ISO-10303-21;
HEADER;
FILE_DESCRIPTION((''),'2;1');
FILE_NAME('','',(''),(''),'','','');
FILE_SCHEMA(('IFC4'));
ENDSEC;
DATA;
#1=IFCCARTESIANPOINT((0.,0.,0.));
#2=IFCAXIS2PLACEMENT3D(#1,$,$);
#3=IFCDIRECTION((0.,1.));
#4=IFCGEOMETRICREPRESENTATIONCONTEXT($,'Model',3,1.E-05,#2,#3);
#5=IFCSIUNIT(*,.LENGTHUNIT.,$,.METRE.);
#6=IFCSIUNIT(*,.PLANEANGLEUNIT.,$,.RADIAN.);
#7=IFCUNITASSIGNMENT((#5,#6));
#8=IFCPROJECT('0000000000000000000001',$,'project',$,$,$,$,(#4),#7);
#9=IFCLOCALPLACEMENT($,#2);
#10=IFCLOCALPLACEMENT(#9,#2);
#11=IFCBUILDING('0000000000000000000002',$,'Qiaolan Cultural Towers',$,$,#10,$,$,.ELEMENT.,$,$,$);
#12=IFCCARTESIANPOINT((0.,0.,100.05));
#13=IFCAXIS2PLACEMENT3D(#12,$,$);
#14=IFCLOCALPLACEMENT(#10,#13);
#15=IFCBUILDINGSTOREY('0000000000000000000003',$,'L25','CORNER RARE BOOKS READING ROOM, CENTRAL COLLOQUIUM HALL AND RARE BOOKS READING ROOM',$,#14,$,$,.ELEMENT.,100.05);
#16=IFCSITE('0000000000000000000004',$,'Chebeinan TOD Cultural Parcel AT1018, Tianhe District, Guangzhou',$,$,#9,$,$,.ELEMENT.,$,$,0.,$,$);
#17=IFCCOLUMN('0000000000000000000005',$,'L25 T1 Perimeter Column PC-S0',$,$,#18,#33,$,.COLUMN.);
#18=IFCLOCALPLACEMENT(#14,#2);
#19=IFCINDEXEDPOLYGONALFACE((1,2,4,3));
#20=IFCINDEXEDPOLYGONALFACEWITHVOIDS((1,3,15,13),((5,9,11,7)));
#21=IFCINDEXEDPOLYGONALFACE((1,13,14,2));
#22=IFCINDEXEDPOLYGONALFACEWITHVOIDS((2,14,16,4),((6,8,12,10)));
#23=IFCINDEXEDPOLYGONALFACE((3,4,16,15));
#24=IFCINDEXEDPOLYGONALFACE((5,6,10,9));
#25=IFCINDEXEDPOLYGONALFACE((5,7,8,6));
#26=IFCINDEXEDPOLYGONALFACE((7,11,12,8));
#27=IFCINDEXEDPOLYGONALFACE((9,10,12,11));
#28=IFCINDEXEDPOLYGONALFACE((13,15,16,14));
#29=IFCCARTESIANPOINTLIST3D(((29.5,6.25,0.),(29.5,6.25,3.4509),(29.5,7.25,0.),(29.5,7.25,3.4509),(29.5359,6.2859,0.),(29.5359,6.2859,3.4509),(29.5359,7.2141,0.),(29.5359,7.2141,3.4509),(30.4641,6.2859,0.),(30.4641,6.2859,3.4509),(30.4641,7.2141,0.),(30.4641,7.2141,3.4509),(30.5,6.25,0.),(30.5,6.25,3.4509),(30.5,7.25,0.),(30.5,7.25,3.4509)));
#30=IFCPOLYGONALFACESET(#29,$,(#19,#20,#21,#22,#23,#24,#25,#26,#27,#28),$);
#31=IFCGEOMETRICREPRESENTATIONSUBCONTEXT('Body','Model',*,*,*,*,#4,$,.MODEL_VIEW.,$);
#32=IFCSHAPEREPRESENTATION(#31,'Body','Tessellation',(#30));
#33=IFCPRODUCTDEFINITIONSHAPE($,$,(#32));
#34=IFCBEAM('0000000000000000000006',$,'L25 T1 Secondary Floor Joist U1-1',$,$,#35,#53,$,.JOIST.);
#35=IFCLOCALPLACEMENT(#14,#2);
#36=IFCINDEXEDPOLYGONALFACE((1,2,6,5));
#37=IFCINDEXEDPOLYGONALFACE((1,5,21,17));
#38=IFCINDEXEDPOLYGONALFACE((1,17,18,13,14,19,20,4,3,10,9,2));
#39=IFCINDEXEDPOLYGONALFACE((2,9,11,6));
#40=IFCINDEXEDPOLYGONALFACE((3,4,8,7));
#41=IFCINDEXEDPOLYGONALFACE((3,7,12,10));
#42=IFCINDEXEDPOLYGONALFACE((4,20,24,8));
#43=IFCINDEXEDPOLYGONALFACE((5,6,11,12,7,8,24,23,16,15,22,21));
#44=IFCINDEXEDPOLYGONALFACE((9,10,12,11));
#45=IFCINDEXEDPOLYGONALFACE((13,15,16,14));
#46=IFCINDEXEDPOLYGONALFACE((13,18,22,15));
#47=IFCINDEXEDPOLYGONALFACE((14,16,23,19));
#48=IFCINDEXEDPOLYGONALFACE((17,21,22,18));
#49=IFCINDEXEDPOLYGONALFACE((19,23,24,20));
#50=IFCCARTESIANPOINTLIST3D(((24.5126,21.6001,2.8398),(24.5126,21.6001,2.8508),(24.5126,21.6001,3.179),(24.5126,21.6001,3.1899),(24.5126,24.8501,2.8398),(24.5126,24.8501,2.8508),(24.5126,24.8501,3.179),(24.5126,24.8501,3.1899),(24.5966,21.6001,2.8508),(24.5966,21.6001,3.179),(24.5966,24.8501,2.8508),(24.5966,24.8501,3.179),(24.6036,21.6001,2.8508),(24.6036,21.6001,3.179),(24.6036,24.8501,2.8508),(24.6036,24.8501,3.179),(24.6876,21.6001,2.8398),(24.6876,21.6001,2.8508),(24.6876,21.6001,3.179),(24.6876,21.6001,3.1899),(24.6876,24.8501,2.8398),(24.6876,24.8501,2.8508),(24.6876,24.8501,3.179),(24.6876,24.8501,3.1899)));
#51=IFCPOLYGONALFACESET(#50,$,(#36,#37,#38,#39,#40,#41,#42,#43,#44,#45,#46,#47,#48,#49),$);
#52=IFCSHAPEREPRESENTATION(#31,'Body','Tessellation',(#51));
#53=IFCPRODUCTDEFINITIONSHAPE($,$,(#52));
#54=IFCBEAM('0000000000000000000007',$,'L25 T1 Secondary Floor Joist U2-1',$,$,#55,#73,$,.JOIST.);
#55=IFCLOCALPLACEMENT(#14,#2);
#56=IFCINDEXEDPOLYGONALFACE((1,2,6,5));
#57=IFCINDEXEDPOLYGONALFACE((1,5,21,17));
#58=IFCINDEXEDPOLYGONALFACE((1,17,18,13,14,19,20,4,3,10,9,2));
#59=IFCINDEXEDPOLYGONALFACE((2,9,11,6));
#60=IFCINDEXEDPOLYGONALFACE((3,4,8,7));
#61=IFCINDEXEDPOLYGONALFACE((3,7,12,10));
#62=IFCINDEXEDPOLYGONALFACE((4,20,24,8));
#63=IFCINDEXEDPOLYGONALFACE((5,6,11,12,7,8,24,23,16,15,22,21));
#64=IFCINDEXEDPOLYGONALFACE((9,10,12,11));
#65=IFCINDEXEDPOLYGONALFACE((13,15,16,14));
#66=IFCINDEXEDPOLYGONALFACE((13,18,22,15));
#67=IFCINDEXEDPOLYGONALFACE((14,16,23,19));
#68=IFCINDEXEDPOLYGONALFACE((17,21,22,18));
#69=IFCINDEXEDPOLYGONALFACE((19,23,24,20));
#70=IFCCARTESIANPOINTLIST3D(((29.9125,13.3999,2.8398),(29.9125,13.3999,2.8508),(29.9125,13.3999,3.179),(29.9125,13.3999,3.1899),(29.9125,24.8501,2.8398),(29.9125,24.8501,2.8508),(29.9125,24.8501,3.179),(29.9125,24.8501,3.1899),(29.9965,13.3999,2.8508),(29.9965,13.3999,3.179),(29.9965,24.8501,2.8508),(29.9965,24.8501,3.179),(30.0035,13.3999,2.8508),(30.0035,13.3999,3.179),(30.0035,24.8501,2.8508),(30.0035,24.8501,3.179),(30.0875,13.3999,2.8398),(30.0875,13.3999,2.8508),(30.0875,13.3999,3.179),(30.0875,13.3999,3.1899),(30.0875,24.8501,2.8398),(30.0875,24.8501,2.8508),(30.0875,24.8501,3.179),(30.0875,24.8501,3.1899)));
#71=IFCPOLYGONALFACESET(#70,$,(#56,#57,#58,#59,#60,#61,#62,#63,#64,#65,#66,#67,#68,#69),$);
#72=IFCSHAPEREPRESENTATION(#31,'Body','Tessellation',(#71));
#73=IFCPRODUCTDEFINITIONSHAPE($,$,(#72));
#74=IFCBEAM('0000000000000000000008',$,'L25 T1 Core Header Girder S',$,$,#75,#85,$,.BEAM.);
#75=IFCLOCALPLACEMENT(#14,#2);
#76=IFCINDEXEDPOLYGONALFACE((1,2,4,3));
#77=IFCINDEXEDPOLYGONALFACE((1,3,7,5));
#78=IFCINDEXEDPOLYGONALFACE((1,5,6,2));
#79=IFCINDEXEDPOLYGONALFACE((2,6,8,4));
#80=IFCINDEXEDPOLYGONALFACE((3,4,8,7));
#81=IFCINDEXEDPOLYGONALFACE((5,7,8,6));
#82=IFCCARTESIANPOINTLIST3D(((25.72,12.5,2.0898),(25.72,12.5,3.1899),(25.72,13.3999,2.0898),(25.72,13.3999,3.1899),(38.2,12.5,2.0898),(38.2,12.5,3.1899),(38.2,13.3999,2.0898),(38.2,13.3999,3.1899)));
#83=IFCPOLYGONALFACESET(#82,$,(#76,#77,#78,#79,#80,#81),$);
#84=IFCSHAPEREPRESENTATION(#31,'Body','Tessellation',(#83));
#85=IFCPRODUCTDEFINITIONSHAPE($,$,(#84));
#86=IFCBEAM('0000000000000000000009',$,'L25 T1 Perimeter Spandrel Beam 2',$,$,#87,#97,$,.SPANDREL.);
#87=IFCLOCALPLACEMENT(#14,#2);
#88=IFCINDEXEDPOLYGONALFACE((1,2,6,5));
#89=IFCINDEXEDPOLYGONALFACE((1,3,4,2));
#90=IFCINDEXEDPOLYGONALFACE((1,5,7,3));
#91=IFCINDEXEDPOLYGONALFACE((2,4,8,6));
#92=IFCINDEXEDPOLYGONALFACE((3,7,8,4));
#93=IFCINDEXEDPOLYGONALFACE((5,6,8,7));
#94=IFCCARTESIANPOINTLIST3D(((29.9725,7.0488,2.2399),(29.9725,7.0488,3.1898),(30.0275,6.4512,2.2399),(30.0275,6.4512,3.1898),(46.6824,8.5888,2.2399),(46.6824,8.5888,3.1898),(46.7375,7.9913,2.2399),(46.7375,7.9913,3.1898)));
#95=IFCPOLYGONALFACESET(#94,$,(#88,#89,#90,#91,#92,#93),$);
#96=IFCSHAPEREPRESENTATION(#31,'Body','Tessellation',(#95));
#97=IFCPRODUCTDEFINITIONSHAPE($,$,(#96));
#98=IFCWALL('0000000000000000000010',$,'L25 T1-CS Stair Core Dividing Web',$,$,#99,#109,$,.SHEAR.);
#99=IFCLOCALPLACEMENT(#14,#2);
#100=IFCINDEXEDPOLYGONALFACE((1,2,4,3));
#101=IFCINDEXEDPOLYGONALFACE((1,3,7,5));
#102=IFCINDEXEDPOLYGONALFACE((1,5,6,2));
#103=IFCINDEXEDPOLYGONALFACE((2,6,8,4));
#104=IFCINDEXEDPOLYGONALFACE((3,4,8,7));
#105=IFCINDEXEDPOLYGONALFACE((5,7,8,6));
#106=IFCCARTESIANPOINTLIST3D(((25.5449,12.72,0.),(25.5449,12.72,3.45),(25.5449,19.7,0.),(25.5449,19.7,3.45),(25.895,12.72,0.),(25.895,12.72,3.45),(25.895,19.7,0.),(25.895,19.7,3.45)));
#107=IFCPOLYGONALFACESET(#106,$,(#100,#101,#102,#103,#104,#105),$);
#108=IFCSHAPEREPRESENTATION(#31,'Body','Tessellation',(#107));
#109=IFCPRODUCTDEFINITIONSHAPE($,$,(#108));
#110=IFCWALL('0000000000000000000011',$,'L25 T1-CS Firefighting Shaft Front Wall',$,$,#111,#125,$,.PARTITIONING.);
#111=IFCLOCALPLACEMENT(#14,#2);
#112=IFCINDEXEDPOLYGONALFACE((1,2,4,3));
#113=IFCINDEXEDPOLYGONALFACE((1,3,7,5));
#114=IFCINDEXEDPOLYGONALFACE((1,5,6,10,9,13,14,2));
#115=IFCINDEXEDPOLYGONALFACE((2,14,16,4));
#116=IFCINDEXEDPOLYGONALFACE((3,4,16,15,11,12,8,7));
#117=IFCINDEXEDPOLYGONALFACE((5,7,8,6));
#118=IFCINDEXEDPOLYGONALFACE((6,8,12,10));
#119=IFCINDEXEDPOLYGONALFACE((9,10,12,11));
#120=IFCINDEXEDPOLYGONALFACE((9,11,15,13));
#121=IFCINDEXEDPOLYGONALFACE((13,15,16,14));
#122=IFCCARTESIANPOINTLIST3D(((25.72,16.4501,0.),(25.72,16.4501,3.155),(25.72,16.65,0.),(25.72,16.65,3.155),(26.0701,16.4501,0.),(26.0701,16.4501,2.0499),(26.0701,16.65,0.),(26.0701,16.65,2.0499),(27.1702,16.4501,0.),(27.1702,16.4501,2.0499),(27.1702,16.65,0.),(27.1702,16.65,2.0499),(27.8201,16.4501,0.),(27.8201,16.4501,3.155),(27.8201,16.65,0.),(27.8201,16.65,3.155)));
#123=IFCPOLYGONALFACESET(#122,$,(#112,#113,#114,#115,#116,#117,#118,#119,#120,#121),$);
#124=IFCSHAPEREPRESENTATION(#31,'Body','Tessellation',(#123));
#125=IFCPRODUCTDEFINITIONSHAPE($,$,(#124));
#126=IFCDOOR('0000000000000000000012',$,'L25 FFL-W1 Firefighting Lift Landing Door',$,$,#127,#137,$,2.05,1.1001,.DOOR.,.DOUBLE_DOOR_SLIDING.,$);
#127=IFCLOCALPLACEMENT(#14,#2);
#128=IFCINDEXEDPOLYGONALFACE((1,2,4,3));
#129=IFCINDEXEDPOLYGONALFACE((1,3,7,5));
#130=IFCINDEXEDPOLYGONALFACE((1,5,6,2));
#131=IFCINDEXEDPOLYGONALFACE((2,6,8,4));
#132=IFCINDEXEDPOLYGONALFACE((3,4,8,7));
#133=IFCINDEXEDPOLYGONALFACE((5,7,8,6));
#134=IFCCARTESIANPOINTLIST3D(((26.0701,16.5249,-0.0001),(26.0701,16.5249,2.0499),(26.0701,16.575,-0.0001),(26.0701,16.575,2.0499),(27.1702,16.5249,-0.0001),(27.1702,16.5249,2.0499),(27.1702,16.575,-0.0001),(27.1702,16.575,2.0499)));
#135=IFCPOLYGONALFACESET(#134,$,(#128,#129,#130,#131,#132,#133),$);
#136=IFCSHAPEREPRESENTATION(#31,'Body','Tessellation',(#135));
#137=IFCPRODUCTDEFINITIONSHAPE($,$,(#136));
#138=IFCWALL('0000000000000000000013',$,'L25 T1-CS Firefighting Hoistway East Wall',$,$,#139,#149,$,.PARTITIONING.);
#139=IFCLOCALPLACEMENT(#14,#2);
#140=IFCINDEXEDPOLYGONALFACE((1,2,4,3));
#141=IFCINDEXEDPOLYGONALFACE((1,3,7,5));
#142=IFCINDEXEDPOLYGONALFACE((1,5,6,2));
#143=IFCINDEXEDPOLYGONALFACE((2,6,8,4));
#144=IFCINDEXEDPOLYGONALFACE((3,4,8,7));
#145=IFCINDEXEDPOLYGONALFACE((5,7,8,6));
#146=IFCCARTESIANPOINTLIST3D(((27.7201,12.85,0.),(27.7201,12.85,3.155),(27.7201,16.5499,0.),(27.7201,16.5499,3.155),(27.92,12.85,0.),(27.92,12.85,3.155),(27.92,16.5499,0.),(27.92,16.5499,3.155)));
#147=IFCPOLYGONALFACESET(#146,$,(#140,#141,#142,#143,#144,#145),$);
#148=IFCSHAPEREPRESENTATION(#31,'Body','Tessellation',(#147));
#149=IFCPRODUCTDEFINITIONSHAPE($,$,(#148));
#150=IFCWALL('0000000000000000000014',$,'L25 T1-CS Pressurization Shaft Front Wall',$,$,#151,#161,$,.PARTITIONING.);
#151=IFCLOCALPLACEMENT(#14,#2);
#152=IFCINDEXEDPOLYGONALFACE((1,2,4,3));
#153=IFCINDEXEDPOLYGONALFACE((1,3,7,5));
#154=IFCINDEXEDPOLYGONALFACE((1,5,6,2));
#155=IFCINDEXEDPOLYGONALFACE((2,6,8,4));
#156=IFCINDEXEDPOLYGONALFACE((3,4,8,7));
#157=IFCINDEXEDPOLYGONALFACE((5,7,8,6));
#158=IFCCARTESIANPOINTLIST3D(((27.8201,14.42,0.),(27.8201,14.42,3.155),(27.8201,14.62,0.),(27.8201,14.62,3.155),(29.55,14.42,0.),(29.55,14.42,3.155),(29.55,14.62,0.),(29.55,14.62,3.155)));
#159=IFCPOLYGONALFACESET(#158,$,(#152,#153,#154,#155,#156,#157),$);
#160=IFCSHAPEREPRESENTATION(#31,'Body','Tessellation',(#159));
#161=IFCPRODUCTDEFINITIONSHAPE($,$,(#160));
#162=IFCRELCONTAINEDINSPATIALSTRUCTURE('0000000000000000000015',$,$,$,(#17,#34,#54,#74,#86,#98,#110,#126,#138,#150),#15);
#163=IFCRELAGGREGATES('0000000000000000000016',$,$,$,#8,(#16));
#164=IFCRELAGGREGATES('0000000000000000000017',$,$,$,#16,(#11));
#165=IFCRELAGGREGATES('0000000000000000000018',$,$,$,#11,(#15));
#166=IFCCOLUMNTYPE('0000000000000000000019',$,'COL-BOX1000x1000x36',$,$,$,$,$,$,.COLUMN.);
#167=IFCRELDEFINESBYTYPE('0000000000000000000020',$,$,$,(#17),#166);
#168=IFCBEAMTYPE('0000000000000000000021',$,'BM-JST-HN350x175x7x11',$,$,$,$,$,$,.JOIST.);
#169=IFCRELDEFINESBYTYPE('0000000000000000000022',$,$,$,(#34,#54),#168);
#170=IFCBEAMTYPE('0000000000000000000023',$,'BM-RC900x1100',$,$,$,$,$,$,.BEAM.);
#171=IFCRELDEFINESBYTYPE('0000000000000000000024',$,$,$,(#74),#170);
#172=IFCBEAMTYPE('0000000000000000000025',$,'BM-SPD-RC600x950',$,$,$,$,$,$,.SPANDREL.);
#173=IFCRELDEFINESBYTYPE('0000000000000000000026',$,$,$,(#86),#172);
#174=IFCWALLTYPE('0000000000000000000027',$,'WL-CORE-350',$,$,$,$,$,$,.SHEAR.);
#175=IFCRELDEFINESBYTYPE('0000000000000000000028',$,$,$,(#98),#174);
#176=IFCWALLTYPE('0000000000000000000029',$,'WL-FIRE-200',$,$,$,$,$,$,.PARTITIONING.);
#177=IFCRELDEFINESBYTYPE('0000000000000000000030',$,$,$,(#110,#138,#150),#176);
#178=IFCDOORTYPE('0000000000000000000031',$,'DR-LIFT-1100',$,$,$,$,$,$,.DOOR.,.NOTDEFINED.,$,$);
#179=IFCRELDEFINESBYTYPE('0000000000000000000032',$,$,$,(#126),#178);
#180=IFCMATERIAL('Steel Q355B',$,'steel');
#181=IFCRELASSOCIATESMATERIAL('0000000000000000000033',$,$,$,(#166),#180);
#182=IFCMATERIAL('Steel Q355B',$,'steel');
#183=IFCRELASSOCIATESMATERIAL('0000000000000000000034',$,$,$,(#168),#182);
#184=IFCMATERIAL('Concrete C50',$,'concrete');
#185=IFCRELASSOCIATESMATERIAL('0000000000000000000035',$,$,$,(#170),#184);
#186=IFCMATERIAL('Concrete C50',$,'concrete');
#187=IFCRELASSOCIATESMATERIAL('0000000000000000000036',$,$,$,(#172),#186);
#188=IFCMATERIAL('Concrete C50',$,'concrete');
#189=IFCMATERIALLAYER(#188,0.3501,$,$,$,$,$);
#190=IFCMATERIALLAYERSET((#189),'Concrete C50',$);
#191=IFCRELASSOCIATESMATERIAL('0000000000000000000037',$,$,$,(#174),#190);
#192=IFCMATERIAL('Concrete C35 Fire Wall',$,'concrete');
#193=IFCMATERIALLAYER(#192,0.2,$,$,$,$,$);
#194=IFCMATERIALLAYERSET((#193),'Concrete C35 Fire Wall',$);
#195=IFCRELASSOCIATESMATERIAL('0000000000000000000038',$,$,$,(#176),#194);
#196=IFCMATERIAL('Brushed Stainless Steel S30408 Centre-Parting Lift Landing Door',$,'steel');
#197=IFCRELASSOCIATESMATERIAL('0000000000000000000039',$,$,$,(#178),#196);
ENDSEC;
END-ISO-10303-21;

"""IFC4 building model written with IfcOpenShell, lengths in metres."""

from ifc_helpers import new_model, si_unit, direction, frame, frame_2d, origin, origin_2d, place, context, subcontext, project, spatial, rectangle, hollow_rectangle, i_section, extrude, material, layer, layer_set, material_profile, profile_set, type_object, element, fill, save


model = new_model("IFC4")

# Units and contexts
model_context = context("Model", 3, precision=1e-05, world=origin(), true_north=direction((0.0, 1.0)))
body_context = subcontext(model_context, "Body", "Model", "MODEL_VIEW")
ifc_project = project(units=[si_unit("LENGTHUNIT", "METRE"), si_unit("PLANEANGLEUNIT", "RADIAN")], contexts=[model_context])

# Site, building, storey
site_placement = place(None, origin())
site = spatial("IfcSite", under=ifc_project, at=site_placement, Name="Chebeinan TOD Cultural Parcel AT1018, Tianhe District, Guangzhou", CompositionType="ELEMENT", RefElevation=0.0)
building_placement = place(site_placement, origin())
building = spatial("IfcBuilding", under=site, at=building_placement, Name="Qiaolan Cultural Towers", CompositionType="ELEMENT")
storey_placement = place(building_placement, frame((0.0, 0.0, 100.05)))
storey = spatial("IfcBuildingStorey", under=building, at=storey_placement, Name="L25", Description="CORNER RARE BOOKS READING ROOM, CENTRAL COLLOQUIUM HALL AND RARE BOOKS READING ROOM", CompositionType="ELEMENT", Elevation=100.05)

# Column
ifc_material_1 = material(Name="Steel Q355B", Category="steel")
ifc_material_profile_1 = material_profile(ifc_material_1, hollow_rectangle(XDim=1.0, YDim=1.0, WallThickness=0.0359, at=origin_2d()), Name="BOX1000x1000x36")
ifc_profile_set_1 = profile_set([ifc_material_profile_1], Name="Steel Q355B")
column_type = type_object("IfcColumnType", Name="COL-BOX1000x1000x36", PredefinedType="COLUMN", material=ifc_profile_set_1)
column_placement = place(storey_placement, frame((30.0, 6.75, 0.0), z_axis=(0.0, 0.0, 1.0), x_axis=(1.0, 0.0, 0.0)))
element("IfcColumn", 1, at=column_placement, inside=storey, type_object=column_type, Name="L25 T1 Perimeter Column PC-S0", PredefinedType="COLUMN", context=body_context, shape_type="SweptSolid", body=[
    extrude(hollow_rectangle(XDim=1.0, YDim=1.0, WallThickness=0.0359, at=origin_2d()), origin(), (0.0, 0.0, 1.0), 3.4509),
])

# Beams
ifc_material_2 = material(Name="Steel Q355B", Category="steel")
ifc_material_profile_2 = material_profile(ifc_material_2, i_section(OverallWidth=0.175, OverallDepth=0.3501, WebThickness=0.0071, FlangeThickness=0.011, at=origin_2d()), Name="HN350x175x7x11")
ifc_profile_set_2 = profile_set([ifc_material_profile_2], Name="Steel Q355B")
beam_type_1 = type_object("IfcBeamType", Name="BM-JST-HN350x175x7x11", PredefinedType="JOIST", material=ifc_profile_set_2)
beam_1_placement = place(storey_placement, frame((24.6001, 21.6001, 3.0149), z_axis=(0.0, 1.0, 0.0), x_axis=(-1.0, 0.0, 0.0)))
element("IfcBeam", 2, at=beam_1_placement, inside=storey, type_object=beam_type_1, Name="L25 T1 Secondary Floor Joist U1-1", PredefinedType="JOIST", context=body_context, shape_type="SweptSolid", body=[
    extrude(i_section(OverallWidth=0.175, OverallDepth=0.3501, WebThickness=0.0071, FlangeThickness=0.011, at=origin_2d()), origin(), (0.0, 0.0, 1.0), 3.25),
])
beam_2_placement = place(storey_placement, frame((30.0, 13.3999, 3.0149), z_axis=(0.0, 1.0, 0.0), x_axis=(-1.0, 0.0, 0.0)))
element("IfcBeam", 3, at=beam_2_placement, inside=storey, type_object=beam_type_1, Name="L25 T1 Secondary Floor Joist U2-1", PredefinedType="JOIST", context=body_context, shape_type="SweptSolid", body=[
    extrude(i_section(OverallWidth=0.175, OverallDepth=0.3501, WebThickness=0.0071, FlangeThickness=0.011, at=origin_2d()), origin(), (0.0, 0.0, 1.0), 11.4502),
])
ifc_material_3 = material(Name="Concrete C50", Category="concrete")
ifc_material_profile_3 = material_profile(ifc_material_3, rectangle(XDim=0.8999, YDim=1.1001, at=origin_2d()), Name="RC900x1100")
ifc_profile_set_3 = profile_set([ifc_material_profile_3], Name="Concrete C50")
beam_type_2 = type_object("IfcBeamType", Name="BM-RC900x1100", PredefinedType="BEAM", material=ifc_profile_set_3)
beam_3_placement = place(storey_placement, frame((25.72, 12.95, 2.6399), z_axis=(1.0, 0.0, 0.0), x_axis=(0.0, 1.0, 0.0)))
element("IfcBeam", 4, at=beam_3_placement, inside=storey, type_object=beam_type_2, Name="L25 T1 Core Header Girder S", PredefinedType="BEAM", context=body_context, shape_type="SweptSolid", body=[
    extrude(rectangle(XDim=0.8999, YDim=1.1001, at=origin_2d()), origin(), (0.0, 0.0, 1.0), 12.48),
])
ifc_material_4 = material(Name="Concrete C50", Category="concrete")
ifc_material_profile_4 = material_profile(ifc_material_4, rectangle(XDim=0.6001, YDim=0.95, at=origin_2d()), Name="RC600x950")
ifc_profile_set_4 = profile_set([ifc_material_profile_4], Name="Concrete C50")
beam_type_3 = type_object("IfcBeamType", Name="BM-SPD-RC600x950", PredefinedType="SPANDREL", material=ifc_profile_set_4)
beam_4_placement = place(storey_placement, frame((30.0, 6.75, 2.7148), z_axis=(0.99578, 0.091774, 0.0), x_axis=(-0.091774, 0.99578, 0.0)))
element("IfcBeam", 5, at=beam_4_placement, inside=storey, type_object=beam_type_3, Name="L25 T1 Perimeter Spandrel Beam 2", PredefinedType="SPANDREL", context=body_context, shape_type="SweptSolid", body=[
    extrude(rectangle(XDim=0.6001, YDim=0.95, at=origin_2d()), origin(), (0.0, 0.0, 1.0), 16.7808),
])

# Wall
ifc_material_5 = material(Name="Concrete C50", Category="concrete")
ifc_layer_1 = layer(ifc_material_5, 0.3501)
ifc_layer_set_1 = layer_set([ifc_layer_1], Name="Concrete C50")
wall_type_1 = type_object("IfcWallType", Name="WL-CORE-350", PredefinedType="SHEAR", material=ifc_layer_set_1)
wall_1_placement = place(storey_placement, frame((25.72, 19.7, 0.0), z_axis=(0.0, 0.0, 1.0), x_axis=(0.0, -1.0, 0.0)))
element("IfcWall", 6, at=wall_1_placement, inside=storey, type_object=wall_type_1, Name="L25 T1-CS Stair Core Dividing Web", PredefinedType="SHEAR", context=body_context, shape_type="SweptSolid", body=[
    extrude(rectangle(XDim=6.98, YDim=0.3501, at=frame_2d((3.49, 0.0))), origin(), (0.0, 0.0, 1.0), 3.45),
])

# Wall, opening, door
ifc_material_6 = material(Name="Concrete C35 Fire Wall", Category="concrete")
ifc_layer_2 = layer(ifc_material_6, 0.2)
ifc_layer_set_2 = layer_set([ifc_layer_2], Name="Concrete C35 Fire Wall")
wall_type_2 = type_object("IfcWallType", Name="WL-FIRE-200", PredefinedType="PARTITIONING", material=ifc_layer_set_2)
wall_2_placement = place(storey_placement, frame((25.72, 16.55, 0.0), z_axis=(0.0, 0.0, 1.0), x_axis=(1.0, 0.0, 0.0)))
wall_2 = element("IfcWall", 7, at=wall_2_placement, inside=storey, type_object=wall_type_2, Name="L25 T1-CS Firefighting Shaft Front Wall", PredefinedType="PARTITIONING", context=body_context, shape_type="SweptSolid", body=[
    extrude(rectangle(XDim=2.1001, YDim=0.2, at=frame_2d((1.05, 0.0))), origin(), (0.0, 0.0, 1.0), 3.155),
])
opening_placement = place(wall_2_placement, frame((0.3501, 0.0, 0.0)))
opening = element("IfcOpeningElement", 8, at=opening_placement, cuts=wall_2, PredefinedType="OPENING", context=body_context, shape_type="SweptSolid", body=[
    extrude(rectangle(XDim=1.1001, YDim=2.05, at=frame_2d((0.55, 1.0249))), frame((0.0, 0.1099, 0.0), z_axis=(0.0, -1.0, 0.0), x_axis=(1.0, 0.0, 0.0)), (0.0, 0.0, 1.0), 0.22),
])
ifc_material_7 = material(Name="Brushed Stainless Steel S30408 Centre-Parting Lift Landing Door", Category="steel")
door_type = type_object("IfcDoorType", Name="DR-LIFT-1100", OperationType="NOTDEFINED", PredefinedType="DOOR", material=ifc_material_7)
door_placement = place(opening_placement, origin())
door = element("IfcDoor", 9, at=door_placement, inside=storey, type_object=door_type, Name="L25 FFL-W1 Firefighting Lift Landing Door", OperationType="DOUBLE_DOOR_SLIDING", OverallHeight=2.05, OverallWidth=1.1001, PredefinedType="DOOR", context=body_context, shape_type="SweptSolid", body=[
    extrude(rectangle(XDim=1.1001, YDim=2.05, at=frame_2d((0.55, 1.0249))), frame((0.0, 0.0249, 0.0), z_axis=(0.0, -1.0, 0.0), x_axis=(1.0, 0.0, 0.0)), (0.0, 0.0, 1.0), 0.05),
])
fill(opening, door)

# Walls
wall_3_placement = place(storey_placement, frame((27.8201, 16.55, 0.0), z_axis=(0.0, 0.0, 1.0), x_axis=(0.0, -1.0, 0.0)))
element("IfcWall", 10, at=wall_3_placement, inside=storey, type_object=wall_type_2, Name="L25 T1-CS Firefighting Hoistway East Wall", PredefinedType="PARTITIONING", context=body_context, shape_type="SweptSolid", body=[
    extrude(rectangle(XDim=3.7, YDim=0.2, at=frame_2d((1.8501, 0.0))), origin(), (0.0, 0.0, 1.0), 3.155),
])
wall_4_placement = place(storey_placement, frame((27.8201, 14.52, 0.0), z_axis=(0.0, 0.0, 1.0), x_axis=(1.0, 0.0, 0.0)))
element("IfcWall", 11, at=wall_4_placement, inside=storey, type_object=wall_type_2, Name="L25 T1-CS Pressurization Shaft Front Wall", PredefinedType="PARTITIONING", context=body_context, shape_type="SweptSolid", body=[
    extrude(rectangle(XDim=1.73, YDim=0.2, at=frame_2d((0.865, 0.0))), origin(), (0.0, 0.0, 1.0), 3.155),
])

save(model, "model.ifc")
